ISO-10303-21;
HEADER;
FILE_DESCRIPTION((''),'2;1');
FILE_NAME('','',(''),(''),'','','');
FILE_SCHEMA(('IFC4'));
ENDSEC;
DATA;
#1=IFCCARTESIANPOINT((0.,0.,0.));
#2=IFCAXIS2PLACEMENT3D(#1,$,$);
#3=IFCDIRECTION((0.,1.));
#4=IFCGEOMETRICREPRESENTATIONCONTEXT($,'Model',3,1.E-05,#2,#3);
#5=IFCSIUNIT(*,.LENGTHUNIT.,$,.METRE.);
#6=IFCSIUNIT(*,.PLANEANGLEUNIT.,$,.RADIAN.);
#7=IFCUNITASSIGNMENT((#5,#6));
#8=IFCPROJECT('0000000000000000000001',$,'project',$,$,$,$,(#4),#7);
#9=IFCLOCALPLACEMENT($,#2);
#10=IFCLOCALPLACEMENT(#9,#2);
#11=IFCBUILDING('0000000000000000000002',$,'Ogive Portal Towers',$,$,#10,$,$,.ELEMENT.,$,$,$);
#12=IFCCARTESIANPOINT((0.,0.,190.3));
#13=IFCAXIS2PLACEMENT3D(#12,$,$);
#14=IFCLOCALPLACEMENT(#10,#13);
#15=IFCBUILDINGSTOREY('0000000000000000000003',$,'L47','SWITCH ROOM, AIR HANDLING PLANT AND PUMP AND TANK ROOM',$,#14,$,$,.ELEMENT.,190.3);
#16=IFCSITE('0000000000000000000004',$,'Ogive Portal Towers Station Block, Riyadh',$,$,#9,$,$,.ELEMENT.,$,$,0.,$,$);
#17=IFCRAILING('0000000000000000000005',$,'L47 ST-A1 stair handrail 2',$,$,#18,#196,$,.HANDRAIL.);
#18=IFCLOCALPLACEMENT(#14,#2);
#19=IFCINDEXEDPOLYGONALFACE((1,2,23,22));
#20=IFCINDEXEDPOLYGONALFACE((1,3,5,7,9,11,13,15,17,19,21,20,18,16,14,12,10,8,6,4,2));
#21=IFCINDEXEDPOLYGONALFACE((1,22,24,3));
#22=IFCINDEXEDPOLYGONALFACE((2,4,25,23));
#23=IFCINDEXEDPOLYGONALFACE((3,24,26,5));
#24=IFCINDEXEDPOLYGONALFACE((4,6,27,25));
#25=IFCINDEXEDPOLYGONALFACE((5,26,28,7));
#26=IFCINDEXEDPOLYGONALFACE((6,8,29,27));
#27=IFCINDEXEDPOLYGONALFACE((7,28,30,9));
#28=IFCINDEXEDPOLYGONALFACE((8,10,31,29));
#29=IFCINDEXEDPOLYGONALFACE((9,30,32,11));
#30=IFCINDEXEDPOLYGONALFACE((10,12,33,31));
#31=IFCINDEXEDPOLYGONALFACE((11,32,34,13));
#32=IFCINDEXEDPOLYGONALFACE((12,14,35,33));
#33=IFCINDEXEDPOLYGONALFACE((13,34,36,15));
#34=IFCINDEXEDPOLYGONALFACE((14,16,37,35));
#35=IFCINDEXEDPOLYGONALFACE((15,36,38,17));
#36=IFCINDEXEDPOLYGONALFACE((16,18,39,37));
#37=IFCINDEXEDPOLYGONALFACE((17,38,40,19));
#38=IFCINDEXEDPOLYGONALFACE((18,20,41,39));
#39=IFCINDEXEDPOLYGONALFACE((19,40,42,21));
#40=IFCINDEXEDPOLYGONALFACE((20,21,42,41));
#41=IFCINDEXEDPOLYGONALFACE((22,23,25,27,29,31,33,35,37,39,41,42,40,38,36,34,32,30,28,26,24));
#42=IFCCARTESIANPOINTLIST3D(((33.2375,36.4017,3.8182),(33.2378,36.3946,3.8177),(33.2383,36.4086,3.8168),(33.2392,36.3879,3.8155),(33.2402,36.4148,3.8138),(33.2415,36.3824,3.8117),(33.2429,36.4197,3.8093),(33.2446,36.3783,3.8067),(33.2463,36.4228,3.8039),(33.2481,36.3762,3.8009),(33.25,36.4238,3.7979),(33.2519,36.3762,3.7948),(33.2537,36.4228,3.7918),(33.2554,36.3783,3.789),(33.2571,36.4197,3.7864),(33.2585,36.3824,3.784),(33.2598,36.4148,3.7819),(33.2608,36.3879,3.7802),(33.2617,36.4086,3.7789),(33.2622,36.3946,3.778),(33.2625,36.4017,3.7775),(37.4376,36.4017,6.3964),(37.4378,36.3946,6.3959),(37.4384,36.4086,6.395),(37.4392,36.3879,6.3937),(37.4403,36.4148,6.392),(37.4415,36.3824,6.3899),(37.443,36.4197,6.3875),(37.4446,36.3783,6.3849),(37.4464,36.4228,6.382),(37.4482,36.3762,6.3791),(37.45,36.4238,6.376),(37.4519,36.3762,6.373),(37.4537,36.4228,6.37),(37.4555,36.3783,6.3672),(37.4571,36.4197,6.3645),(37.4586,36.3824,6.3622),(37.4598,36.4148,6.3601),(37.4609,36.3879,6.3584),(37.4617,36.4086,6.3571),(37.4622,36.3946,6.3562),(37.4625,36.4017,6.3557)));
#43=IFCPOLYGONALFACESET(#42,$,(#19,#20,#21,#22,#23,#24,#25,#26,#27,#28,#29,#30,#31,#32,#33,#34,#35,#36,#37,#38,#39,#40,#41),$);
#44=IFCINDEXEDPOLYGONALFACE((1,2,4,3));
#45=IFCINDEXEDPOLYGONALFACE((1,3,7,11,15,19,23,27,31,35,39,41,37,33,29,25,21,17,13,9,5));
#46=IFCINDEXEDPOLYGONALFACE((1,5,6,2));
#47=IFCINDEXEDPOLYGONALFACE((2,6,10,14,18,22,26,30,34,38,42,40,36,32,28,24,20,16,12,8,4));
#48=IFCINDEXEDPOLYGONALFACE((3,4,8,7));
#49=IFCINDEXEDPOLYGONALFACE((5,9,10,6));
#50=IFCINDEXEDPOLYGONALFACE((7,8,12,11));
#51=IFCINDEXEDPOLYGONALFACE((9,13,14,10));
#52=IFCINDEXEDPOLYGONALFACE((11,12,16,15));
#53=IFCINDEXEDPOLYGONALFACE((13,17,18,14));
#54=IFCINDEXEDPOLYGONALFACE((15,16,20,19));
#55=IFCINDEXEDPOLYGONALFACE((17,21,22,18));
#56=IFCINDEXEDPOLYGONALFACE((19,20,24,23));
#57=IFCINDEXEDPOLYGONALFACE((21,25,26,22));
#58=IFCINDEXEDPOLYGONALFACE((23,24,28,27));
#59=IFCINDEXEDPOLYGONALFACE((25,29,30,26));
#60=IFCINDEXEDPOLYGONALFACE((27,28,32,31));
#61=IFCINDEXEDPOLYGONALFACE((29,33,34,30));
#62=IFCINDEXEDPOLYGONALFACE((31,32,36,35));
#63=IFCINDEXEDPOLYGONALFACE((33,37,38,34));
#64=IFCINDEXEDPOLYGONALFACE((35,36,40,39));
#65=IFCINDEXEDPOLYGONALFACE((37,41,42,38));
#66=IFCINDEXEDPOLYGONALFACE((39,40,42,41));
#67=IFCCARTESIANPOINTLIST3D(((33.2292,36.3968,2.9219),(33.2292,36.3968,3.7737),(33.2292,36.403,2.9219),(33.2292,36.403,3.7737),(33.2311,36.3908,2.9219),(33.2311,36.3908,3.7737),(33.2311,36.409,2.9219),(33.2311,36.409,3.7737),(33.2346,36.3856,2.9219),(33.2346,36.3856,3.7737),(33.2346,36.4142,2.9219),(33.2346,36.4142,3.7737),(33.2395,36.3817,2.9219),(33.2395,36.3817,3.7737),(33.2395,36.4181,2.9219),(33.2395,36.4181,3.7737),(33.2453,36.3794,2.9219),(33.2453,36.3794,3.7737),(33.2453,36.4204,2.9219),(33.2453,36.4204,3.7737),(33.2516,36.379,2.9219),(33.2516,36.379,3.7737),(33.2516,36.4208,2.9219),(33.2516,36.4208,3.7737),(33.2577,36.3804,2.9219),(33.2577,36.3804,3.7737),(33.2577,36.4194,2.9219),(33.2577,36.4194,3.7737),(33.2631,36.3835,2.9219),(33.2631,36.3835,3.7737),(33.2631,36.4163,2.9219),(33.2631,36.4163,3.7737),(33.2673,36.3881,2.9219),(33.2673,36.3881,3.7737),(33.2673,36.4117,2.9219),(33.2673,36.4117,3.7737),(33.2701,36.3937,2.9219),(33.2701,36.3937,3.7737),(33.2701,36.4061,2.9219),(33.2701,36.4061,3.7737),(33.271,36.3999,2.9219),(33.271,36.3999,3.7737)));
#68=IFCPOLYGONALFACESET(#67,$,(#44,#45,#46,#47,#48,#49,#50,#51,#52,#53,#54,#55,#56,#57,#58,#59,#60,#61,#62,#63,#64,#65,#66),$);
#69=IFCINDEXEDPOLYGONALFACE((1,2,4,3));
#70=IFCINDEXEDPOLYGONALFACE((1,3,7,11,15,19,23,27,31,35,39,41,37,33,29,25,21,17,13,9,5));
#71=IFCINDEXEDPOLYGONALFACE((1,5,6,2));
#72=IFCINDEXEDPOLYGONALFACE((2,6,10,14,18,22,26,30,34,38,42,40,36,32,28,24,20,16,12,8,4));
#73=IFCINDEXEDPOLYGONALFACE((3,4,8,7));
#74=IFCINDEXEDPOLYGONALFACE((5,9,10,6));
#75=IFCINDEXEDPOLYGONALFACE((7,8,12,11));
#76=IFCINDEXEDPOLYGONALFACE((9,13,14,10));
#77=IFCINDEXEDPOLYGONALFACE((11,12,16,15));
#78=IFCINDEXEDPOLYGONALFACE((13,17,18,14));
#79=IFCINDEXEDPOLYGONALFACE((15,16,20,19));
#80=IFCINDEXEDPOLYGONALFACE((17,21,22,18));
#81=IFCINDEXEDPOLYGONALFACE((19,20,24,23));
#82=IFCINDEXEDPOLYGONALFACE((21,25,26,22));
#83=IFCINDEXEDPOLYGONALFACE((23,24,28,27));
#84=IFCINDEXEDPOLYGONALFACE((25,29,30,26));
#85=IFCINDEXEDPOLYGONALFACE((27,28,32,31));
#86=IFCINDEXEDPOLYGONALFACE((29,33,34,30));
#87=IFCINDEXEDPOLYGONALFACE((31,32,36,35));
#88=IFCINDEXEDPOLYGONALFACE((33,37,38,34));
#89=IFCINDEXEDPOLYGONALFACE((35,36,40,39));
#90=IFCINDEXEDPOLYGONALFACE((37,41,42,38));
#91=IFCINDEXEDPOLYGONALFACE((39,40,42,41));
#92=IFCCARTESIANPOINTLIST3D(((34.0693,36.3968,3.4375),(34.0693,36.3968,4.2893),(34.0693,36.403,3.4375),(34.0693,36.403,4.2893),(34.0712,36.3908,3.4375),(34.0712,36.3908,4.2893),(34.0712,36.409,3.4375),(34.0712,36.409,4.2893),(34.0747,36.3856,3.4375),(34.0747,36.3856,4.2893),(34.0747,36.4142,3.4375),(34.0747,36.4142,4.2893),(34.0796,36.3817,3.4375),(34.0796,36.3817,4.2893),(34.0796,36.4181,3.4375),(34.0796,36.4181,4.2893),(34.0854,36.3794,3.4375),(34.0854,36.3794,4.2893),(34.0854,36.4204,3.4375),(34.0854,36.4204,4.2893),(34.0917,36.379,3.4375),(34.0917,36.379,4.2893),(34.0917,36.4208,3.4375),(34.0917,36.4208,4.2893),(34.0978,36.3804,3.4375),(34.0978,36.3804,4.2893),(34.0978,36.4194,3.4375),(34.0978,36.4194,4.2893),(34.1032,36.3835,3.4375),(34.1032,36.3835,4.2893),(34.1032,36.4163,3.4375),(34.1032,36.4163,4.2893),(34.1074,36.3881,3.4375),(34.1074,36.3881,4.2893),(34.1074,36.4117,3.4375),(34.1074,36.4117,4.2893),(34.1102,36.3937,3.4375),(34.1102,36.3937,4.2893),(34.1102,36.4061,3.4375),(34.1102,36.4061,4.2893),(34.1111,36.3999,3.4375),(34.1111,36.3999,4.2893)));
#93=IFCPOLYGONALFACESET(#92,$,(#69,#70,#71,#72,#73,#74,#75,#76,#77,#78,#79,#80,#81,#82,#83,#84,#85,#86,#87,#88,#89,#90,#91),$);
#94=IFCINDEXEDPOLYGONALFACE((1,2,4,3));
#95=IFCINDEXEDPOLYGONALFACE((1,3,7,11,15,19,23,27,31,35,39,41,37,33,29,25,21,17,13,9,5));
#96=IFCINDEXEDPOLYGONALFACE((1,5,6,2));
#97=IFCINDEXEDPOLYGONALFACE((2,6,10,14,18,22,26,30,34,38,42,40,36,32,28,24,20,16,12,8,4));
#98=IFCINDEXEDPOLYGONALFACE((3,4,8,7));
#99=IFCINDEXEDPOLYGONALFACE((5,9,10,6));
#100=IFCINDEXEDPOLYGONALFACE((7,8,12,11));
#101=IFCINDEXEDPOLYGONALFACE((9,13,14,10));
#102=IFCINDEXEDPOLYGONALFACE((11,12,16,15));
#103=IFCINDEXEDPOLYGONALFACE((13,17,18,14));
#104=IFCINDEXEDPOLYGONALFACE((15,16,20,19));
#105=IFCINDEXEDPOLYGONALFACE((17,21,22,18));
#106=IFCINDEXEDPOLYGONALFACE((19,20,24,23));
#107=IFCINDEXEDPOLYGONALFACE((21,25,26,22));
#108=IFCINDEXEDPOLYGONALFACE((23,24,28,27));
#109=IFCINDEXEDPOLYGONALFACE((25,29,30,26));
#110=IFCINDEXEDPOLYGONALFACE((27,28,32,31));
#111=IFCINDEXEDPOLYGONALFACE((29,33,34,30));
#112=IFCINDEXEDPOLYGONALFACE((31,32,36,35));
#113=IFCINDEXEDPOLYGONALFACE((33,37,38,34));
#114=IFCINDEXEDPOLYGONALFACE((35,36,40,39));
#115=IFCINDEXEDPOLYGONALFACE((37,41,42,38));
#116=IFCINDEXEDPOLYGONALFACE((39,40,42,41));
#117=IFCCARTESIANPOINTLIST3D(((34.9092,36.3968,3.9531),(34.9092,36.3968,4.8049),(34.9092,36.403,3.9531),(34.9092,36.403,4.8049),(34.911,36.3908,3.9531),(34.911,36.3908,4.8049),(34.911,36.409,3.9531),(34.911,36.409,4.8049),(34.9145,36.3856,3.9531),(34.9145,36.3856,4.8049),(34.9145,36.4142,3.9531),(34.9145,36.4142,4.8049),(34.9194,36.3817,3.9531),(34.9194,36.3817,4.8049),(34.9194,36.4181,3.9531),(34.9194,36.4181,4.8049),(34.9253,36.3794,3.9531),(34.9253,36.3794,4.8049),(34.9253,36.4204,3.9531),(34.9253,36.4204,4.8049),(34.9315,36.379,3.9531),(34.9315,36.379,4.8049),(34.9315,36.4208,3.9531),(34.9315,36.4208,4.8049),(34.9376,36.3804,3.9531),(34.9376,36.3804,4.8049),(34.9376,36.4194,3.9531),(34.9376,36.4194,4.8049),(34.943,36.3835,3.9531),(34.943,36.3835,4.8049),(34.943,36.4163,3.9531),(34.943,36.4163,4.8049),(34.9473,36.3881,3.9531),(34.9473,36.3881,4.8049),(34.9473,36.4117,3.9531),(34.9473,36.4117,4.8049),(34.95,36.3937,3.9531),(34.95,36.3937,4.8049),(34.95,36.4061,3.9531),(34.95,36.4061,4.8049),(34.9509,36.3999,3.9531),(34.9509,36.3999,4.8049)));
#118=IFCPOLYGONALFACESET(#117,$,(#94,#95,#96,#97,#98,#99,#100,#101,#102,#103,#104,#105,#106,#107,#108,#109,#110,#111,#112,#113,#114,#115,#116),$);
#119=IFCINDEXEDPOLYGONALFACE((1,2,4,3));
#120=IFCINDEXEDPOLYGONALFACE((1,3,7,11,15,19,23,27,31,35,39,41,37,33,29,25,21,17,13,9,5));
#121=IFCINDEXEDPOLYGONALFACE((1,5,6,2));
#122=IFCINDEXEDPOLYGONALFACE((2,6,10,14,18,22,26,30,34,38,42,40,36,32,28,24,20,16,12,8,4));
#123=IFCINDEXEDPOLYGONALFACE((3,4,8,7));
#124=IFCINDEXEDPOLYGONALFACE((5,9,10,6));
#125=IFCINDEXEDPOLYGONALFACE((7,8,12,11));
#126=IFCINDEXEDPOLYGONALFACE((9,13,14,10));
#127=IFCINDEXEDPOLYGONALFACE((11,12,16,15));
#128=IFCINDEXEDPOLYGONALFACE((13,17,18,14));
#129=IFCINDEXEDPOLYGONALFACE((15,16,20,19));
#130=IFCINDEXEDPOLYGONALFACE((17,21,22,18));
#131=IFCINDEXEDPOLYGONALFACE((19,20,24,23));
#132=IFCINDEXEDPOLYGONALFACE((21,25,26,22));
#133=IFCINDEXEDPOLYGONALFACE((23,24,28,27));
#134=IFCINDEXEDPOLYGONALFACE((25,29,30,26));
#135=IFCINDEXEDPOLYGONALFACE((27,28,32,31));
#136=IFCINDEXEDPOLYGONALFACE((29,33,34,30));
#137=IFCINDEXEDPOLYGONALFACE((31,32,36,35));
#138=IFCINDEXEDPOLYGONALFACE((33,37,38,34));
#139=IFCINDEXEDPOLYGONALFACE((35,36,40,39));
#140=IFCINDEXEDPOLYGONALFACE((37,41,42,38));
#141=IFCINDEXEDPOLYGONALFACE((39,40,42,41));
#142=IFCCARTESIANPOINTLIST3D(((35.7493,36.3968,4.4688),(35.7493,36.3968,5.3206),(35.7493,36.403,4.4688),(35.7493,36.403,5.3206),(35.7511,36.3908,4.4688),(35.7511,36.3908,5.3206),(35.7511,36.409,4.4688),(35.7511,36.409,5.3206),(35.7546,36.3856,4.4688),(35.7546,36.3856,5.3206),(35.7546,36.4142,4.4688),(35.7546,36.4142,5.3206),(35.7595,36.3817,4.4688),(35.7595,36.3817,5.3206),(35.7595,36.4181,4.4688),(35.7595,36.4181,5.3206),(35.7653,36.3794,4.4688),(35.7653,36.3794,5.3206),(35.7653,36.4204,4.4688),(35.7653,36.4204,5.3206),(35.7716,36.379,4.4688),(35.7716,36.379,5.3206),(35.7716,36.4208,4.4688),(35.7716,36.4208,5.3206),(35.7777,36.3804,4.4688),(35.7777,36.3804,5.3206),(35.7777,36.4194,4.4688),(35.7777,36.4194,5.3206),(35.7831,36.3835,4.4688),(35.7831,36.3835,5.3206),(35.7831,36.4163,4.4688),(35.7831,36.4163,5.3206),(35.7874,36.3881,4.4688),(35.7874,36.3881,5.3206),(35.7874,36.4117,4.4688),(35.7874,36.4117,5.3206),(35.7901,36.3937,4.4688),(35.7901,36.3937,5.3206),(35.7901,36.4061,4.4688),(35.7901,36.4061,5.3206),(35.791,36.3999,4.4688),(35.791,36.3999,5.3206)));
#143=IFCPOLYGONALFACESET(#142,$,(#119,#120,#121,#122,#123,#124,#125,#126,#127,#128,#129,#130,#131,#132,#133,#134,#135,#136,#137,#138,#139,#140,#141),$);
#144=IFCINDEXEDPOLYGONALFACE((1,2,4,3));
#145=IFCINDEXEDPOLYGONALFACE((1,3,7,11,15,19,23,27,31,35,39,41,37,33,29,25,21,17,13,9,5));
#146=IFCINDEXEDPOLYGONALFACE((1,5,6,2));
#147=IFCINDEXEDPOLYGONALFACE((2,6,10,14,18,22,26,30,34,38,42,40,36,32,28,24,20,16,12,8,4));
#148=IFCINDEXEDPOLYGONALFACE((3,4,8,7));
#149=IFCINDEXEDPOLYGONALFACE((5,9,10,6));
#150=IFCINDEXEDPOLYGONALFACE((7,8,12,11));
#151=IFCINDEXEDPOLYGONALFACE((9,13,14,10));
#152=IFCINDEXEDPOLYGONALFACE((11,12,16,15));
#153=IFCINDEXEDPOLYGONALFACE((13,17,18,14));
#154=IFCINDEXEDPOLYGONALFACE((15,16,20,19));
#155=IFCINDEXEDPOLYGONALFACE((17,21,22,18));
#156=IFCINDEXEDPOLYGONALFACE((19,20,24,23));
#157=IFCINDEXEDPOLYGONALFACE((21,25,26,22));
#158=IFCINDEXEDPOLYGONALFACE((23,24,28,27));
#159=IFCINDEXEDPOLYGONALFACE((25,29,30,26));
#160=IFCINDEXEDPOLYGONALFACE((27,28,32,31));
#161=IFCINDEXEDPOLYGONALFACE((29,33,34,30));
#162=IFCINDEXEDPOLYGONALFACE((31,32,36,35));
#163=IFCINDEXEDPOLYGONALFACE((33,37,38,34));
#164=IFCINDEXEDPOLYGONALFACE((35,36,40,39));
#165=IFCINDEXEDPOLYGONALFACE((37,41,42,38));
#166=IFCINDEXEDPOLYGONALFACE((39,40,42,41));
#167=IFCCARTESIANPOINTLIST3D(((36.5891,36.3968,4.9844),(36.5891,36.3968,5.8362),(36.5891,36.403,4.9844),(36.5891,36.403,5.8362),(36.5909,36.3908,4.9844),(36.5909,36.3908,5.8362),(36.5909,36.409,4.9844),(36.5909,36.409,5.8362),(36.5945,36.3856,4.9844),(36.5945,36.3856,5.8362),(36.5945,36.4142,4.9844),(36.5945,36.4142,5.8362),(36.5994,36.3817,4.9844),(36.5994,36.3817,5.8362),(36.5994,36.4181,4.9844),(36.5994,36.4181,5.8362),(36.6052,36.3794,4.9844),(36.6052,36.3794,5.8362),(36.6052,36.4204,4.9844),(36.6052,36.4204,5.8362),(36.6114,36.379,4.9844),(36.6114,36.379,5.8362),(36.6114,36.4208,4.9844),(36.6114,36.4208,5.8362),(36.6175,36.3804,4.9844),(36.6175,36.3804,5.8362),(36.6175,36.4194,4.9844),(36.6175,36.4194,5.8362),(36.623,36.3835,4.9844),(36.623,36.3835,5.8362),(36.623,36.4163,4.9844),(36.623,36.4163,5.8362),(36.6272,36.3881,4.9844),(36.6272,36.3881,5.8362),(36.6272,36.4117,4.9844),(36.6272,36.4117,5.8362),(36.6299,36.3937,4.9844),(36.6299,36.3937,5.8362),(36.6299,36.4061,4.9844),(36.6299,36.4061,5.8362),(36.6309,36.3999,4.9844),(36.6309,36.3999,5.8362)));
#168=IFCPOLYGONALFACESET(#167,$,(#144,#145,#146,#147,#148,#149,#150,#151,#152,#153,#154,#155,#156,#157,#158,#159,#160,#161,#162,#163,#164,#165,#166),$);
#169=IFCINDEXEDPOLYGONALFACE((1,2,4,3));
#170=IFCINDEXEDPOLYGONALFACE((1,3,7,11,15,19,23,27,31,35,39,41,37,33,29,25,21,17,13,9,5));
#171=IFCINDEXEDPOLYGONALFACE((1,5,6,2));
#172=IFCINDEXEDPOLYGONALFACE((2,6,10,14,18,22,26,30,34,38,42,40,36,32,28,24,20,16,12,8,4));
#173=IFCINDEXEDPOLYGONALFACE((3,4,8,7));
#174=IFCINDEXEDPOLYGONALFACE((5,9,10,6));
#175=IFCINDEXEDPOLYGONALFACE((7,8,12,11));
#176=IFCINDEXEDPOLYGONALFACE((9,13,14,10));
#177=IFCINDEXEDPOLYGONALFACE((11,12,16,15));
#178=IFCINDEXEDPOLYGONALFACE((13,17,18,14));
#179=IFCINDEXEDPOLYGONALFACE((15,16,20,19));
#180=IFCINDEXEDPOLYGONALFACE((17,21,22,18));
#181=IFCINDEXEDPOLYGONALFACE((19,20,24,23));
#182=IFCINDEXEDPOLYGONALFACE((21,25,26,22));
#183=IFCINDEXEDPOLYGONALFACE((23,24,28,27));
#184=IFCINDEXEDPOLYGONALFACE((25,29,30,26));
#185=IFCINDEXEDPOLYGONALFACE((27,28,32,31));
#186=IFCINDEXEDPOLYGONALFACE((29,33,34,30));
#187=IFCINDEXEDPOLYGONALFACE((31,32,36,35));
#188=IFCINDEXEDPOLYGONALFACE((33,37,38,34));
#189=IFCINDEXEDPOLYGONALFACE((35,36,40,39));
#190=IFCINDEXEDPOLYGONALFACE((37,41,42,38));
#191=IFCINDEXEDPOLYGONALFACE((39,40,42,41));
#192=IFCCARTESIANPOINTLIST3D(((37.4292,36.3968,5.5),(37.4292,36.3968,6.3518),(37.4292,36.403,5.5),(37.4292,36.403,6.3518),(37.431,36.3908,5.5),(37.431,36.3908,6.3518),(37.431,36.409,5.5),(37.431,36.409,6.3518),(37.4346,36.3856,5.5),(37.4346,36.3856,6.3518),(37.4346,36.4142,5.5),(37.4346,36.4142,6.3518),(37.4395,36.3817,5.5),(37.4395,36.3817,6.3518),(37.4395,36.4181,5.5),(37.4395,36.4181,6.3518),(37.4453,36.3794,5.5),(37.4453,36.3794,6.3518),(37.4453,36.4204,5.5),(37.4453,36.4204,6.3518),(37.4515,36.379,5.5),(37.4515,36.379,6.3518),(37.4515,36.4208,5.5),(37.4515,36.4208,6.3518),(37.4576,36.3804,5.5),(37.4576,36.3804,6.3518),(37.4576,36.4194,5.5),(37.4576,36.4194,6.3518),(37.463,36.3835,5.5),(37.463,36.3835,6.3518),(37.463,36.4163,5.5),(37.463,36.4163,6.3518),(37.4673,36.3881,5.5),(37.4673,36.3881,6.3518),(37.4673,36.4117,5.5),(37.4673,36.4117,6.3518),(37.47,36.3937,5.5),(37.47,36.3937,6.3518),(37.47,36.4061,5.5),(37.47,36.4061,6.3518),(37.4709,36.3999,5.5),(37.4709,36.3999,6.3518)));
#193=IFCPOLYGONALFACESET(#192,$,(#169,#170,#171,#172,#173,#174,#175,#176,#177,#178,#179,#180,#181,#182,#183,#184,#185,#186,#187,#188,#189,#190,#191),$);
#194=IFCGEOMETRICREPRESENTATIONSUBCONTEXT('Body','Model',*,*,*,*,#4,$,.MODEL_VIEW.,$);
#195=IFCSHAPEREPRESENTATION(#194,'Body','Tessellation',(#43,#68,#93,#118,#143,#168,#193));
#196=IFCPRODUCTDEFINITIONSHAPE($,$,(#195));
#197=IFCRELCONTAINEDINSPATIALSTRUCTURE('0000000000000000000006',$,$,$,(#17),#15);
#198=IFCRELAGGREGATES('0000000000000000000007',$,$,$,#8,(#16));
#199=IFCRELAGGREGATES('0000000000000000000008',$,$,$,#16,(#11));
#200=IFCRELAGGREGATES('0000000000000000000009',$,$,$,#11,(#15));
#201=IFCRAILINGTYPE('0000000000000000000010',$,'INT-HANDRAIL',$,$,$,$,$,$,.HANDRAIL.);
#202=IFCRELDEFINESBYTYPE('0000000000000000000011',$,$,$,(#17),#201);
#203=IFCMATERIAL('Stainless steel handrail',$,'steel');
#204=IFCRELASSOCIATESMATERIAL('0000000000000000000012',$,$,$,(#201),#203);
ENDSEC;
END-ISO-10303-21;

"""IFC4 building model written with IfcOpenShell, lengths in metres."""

from ifc_helpers import new_model, si_unit, direction, frame, origin, origin_2d, place, context, subcontext, project, spatial, circle, extrude, material, type_object, element, save


model = new_model("IFC4")

# Units and contexts
model_context = context("Model", 3, precision=1e-05, world=origin(), true_north=direction((0.0, 1.0)))
body_context = subcontext(model_context, "Body", "Model", "MODEL_VIEW")
ifc_project = project(units=[si_unit("LENGTHUNIT", "METRE"), si_unit("PLANEANGLEUNIT", "RADIAN")], contexts=[model_context])

# Site, building, storey
site_placement = place(None, origin())
site = spatial("IfcSite", under=ifc_project, at=site_placement, Name="Ogive Portal Towers Station Block, Riyadh", CompositionType="ELEMENT", RefElevation=0.0)
building_placement = place(site_placement, origin())
building = spatial("IfcBuilding", under=site, at=building_placement, Name="Ogive Portal Towers", CompositionType="ELEMENT")
storey_placement = place(building_placement, frame((0.0, 0.0, 190.3)))
storey = spatial("IfcBuildingStorey", under=building, at=storey_placement, Name="L47", Description="SWITCH ROOM, AIR HANDLING PLANT AND PUMP AND TANK ROOM", CompositionType="ELEMENT", Elevation=190.3)

# Railing
ifc_material_1 = material(Name="Stainless steel handrail", Category="steel")
railing_type_1 = type_object("IfcRailingType", Name="INT-HANDRAIL", PredefinedType="HANDRAIL", material=ifc_material_1)
railing_1_placement = place(storey_placement, frame((33.25, 36.3999, 2.9219)))
element("IfcRailing", 1, at=railing_1_placement, inside=storey, type_object=railing_type_1, Name="L47 ST-A1 stair handrail 2", PredefinedType="HANDRAIL", context=body_context, shape_type="SweptSolid", body=[
    extrude(circle(Radius=0.0239, at=origin_2d()), frame((0.0, 0.0, 0.876), z_axis=(0.852243, 0.0, 0.523146), x_axis=(0.0, 1.0, 0.0)), (0.0, 0.0, 1.0), 4.9282),
    extrude(circle(Radius=0.021, at=origin_2d()), origin(), (0.0, 0.0, 1.0), 0.8518),
    extrude(circle(Radius=0.021, at=origin_2d()), frame((0.8401, 0.0, 0.5156)), (0.0, 0.0, 1.0), 0.8518),
    extrude(circle(Radius=0.021, at=origin_2d()), frame((1.6799, 0.0, 1.0312)), (0.0, 0.0, 1.0), 0.8518),
    extrude(circle(Radius=0.021, at=origin_2d()), frame((2.52, 0.0, 1.5469)), (0.0, 0.0, 1.0), 0.8518),
    extrude(circle(Radius=0.021, at=origin_2d()), frame((3.3599, 0.0, 2.0625)), (0.0, 0.0, 1.0), 0.8518),
    extrude(circle(Radius=0.021, at=origin_2d()), frame((4.2, 0.0, 2.5781)), (0.0, 0.0, 1.0), 0.8518),
])

save(model, "model.ifc")
